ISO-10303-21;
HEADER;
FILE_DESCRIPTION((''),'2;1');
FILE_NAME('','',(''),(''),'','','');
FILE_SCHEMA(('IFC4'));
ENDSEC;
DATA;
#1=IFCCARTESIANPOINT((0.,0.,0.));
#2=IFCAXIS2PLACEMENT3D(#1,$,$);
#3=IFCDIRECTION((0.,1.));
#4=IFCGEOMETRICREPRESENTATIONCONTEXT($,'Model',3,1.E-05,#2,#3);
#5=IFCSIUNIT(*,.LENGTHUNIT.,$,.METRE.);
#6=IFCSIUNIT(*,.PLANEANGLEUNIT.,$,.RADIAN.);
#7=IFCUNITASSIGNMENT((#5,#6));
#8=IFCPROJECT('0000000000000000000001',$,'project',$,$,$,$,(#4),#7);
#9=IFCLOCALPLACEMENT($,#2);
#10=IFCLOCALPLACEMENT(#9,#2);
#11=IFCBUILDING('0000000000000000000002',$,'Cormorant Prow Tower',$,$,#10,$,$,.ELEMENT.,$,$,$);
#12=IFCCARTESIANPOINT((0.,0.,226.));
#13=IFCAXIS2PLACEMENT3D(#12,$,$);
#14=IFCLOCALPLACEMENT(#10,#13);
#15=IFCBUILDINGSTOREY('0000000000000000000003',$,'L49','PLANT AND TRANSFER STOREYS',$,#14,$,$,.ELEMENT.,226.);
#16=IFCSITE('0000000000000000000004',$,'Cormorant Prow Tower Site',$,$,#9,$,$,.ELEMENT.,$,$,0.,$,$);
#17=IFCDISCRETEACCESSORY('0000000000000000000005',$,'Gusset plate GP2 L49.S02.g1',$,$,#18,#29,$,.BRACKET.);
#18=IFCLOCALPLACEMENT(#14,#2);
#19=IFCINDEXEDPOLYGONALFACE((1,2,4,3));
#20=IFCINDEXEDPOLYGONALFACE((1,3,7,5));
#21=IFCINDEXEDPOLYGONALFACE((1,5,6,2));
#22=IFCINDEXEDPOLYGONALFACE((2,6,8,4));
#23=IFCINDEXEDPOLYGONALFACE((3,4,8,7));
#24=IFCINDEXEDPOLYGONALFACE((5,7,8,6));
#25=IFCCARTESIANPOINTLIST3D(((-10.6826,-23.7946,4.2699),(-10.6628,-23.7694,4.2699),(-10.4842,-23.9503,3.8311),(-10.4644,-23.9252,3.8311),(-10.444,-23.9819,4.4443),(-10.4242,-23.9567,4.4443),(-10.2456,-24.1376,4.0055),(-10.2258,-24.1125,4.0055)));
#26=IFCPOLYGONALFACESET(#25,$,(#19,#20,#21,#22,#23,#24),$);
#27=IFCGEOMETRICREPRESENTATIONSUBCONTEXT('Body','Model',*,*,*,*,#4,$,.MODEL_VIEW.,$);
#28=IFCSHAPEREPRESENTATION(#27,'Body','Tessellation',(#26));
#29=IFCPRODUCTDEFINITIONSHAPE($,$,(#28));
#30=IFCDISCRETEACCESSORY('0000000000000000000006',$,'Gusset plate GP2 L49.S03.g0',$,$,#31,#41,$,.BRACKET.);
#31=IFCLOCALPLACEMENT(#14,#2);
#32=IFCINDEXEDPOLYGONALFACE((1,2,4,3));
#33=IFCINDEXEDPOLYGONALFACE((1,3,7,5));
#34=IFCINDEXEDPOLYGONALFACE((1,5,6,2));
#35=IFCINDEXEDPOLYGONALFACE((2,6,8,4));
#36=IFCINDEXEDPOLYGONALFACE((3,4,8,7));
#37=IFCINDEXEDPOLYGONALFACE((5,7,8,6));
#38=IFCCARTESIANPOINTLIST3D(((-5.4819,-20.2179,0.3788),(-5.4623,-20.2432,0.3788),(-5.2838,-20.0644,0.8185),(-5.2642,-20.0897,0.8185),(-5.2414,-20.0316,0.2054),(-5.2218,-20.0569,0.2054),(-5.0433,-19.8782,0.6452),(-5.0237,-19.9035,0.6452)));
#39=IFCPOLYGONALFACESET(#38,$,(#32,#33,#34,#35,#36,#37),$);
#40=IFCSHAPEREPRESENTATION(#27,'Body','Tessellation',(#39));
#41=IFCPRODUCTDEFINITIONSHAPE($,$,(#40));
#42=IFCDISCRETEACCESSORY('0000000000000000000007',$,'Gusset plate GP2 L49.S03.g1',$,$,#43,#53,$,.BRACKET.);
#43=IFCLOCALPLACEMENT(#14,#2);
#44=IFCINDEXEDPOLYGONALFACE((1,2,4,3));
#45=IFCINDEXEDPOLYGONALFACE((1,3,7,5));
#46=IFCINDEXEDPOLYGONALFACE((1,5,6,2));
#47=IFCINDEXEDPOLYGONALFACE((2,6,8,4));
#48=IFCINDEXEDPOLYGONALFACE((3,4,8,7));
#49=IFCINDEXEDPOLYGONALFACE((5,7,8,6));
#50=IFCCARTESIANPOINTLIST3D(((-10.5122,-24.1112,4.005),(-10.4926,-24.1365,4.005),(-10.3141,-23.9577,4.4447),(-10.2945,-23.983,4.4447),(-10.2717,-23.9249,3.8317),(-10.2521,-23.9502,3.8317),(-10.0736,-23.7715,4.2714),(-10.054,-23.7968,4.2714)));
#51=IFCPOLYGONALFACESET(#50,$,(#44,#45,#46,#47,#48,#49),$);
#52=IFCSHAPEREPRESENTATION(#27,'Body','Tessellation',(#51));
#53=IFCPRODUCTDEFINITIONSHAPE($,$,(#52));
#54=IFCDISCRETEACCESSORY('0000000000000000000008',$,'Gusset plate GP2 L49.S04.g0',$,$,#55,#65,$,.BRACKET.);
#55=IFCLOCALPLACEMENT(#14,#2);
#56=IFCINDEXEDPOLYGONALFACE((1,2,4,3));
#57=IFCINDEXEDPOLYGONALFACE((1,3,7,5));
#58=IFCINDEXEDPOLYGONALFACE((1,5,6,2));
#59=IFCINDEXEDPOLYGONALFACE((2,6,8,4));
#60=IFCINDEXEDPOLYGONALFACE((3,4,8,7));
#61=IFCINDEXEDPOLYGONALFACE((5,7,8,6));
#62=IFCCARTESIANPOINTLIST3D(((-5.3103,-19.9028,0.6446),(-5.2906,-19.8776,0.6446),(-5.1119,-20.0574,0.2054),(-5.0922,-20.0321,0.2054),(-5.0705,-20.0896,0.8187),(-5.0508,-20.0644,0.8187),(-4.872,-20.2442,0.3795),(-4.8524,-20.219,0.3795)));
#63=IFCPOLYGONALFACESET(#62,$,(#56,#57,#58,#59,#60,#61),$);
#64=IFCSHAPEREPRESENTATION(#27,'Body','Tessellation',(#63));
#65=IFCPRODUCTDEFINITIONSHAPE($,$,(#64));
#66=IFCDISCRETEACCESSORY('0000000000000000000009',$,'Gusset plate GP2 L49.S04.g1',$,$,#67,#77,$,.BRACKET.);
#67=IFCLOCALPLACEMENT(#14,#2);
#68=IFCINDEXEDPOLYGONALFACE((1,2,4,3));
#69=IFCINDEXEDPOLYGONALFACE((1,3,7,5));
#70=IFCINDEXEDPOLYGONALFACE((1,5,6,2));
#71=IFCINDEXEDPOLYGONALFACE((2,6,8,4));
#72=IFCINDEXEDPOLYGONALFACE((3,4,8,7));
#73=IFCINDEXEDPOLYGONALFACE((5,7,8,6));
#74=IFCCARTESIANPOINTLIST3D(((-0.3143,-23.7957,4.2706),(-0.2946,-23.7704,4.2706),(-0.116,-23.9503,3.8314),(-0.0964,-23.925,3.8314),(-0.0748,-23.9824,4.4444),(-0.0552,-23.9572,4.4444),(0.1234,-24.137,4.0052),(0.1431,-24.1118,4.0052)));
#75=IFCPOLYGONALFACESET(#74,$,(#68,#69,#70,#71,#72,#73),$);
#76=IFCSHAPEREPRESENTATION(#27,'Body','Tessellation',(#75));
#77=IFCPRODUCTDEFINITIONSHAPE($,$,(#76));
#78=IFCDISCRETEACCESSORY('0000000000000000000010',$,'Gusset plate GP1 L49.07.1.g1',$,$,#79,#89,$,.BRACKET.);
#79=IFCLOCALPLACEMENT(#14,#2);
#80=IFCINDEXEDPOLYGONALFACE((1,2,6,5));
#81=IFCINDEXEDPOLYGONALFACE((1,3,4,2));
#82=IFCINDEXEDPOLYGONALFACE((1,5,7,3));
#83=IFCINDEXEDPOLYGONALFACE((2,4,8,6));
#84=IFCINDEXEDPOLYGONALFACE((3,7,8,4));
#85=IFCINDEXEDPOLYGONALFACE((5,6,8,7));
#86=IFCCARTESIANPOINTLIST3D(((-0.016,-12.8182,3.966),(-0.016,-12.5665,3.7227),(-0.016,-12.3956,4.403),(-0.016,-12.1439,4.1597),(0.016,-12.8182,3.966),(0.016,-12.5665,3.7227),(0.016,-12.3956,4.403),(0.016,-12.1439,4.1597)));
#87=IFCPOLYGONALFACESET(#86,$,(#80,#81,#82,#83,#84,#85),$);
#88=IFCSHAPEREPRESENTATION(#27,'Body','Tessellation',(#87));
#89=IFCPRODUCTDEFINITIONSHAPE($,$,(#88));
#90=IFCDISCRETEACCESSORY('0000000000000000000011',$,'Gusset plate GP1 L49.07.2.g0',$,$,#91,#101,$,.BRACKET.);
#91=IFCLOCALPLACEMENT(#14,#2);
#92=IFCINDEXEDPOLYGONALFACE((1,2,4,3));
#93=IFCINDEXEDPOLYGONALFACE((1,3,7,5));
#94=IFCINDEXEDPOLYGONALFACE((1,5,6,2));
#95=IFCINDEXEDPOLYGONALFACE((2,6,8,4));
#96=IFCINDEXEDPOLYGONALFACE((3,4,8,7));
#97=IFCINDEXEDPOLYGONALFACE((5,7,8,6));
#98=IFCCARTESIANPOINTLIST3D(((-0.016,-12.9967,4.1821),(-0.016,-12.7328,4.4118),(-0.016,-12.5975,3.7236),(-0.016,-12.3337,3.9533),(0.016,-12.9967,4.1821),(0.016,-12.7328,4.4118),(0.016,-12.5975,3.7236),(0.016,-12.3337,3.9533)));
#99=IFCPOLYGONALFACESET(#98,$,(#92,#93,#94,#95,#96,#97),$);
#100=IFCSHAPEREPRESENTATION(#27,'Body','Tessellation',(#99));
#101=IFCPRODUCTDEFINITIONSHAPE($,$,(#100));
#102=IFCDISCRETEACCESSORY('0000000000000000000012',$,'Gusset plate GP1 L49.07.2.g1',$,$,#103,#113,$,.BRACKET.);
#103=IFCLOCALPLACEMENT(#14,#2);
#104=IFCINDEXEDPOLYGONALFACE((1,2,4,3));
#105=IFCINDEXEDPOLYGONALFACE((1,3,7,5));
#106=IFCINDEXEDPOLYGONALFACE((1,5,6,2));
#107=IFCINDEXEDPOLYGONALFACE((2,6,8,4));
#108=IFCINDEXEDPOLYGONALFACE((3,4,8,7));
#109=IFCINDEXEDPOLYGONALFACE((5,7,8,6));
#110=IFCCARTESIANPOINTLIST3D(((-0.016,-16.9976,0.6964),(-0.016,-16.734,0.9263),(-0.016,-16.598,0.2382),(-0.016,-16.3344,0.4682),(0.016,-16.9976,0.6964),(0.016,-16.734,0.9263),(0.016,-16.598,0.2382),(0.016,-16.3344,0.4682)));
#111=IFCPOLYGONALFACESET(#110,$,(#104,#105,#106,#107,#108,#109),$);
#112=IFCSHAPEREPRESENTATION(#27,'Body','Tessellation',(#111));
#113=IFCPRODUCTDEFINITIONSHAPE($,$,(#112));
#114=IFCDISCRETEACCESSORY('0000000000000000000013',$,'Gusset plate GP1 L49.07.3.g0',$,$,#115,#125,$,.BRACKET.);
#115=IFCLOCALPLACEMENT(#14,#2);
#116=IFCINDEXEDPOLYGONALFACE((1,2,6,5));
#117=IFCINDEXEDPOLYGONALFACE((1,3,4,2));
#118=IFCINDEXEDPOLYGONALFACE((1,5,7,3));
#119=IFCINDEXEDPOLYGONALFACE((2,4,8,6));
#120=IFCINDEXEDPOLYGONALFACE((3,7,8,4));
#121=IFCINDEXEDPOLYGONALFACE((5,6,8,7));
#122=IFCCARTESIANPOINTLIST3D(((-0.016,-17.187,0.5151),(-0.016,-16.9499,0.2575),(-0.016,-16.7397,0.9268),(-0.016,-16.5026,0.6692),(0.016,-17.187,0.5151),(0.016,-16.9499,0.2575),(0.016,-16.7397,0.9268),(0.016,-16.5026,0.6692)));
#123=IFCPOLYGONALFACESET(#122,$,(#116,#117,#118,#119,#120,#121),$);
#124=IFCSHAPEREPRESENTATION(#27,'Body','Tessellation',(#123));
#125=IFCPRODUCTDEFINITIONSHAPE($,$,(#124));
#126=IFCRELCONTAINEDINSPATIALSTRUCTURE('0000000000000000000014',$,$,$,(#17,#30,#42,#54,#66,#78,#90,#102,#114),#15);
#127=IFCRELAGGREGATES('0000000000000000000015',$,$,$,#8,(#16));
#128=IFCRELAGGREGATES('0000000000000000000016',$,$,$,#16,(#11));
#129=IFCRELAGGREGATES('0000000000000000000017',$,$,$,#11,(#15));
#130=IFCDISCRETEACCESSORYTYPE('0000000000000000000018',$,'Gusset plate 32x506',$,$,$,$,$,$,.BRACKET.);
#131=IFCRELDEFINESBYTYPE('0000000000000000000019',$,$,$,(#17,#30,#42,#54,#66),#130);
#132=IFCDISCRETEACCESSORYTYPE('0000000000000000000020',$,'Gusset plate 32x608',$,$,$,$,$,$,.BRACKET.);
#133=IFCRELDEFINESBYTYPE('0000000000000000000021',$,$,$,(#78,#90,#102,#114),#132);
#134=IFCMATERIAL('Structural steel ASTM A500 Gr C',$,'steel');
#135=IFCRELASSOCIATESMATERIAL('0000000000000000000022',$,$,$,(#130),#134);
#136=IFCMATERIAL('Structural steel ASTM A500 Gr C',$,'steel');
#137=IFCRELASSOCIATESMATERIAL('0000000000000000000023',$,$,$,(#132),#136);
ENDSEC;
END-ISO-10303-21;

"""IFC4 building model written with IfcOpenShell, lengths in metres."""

from ifc_helpers import new_model, si_unit, direction, frame, origin, origin_2d, place, context, subcontext, project, spatial, rectangle, extrude, material, material_profile, profile_set, type_object, element, save


model = new_model("IFC4")

# Units and contexts
model_context = context("Model", 3, precision=1e-05, world=origin(), true_north=direction((0.0, 1.0)))
body_context = subcontext(model_context, "Body", "Model", "MODEL_VIEW")
ifc_project = project(units=[si_unit("LENGTHUNIT", "METRE"), si_unit("PLANEANGLEUNIT", "RADIAN")], contexts=[model_context])

# Site, building, storey
site_placement = place(None, origin())
site = spatial("IfcSite", under=ifc_project, at=site_placement, Name="Cormorant Prow Tower Site", CompositionType="ELEMENT", RefElevation=0.0)
building_placement = place(site_placement, origin())
building = spatial("IfcBuilding", under=site, at=building_placement, Name="Cormorant Prow Tower", CompositionType="ELEMENT")
storey_placement = place(building_placement, frame((0.0, 0.0, 226.0)))
storey = spatial("IfcBuildingStorey", under=building, at=storey_placement, Name="L49", Description="PLANT AND TRANSFER STOREYS", CompositionType="ELEMENT", Elevation=226.0)

# Discrete accessories
ifc_material_1 = material(Name="Structural steel ASTM A500 Gr C", Category="steel")
ifc_material_profile_1 = material_profile(ifc_material_1, rectangle(XDim=0.032, YDim=0.5061, at=origin_2d()), Name="Gusset plate 32x506")
ifc_profile_set_1 = profile_set([ifc_material_profile_1], Name="Structural steel ASTM A500 Gr C")
discrete_accessory_type_1 = type_object("IfcDiscreteAccessoryType", Name="Gusset plate 32x506", PredefinedType="BRACKET", material=ifc_profile_set_1)
discrete_accessory_1_placement = place(storey_placement, frame((-10.5735, -23.8599, 4.0505), z_axis=(0.681932, -0.535355, 0.498362), x_axis=(0.617501, 0.78657, 0.0)))
element("IfcDiscreteAccessory", 1, at=discrete_accessory_1_placement, inside=storey, type_object=discrete_accessory_type_1, Name="Gusset plate GP2 L49.S02.g1", PredefinedType="BRACKET", context=body_context, shape_type="SweptSolid", body=[
    extrude(rectangle(XDim=0.032, YDim=0.5061, at=origin_2d()), origin(), (0.0, 0.0, 1.0), 0.3499),
])
for number, where, z_axis, x_axis, name in (
    (2, (-5.373, -20.1538, 0.5986), (0.686867, 0.53206, -0.495102), (-0.612384, 0.790561, 0.0), "Gusset plate GP2 L49.S03.g0"),
    (3, (-10.1628, -23.8608, 4.0515), (-0.686867, -0.53206, 0.495102), (0.612384, -0.790561, 0.0), "Gusset plate GP2 L49.S03.g1"),
):
    element("IfcDiscreteAccessory", number, at=place(storey_placement, frame(where, z_axis=z_axis, x_axis=x_axis)), inside=storey, type_object=discrete_accessory_type_1, Name=name, PredefinedType="BRACKET", context=body_context, shape_type="SweptSolid", body=[
        extrude(rectangle(XDim=0.032, YDim=0.5061, at=origin_2d()), origin(), (0.0, 0.0, 1.0), 0.3501),
    ])
discrete_accessory_2_placement = place(storey_placement, frame((-4.9614, -20.1543, 0.5991), z_axis=(-0.684538, 0.53327, -0.497022), x_axis=(-0.614552, -0.788876, 0.0)))
element("IfcDiscreteAccessory", 4, at=discrete_accessory_2_placement, inside=storey, type_object=discrete_accessory_type_1, Name="Gusset plate GP2 L49.S04.g0", PredefinedType="BRACKET", context=body_context, shape_type="SweptSolid", body=[
    extrude(rectangle(XDim=0.032, YDim=0.5061, at=origin_2d()), origin(), (0.0, 0.0, 1.0), 0.3503),
])
discrete_accessory_3_placement = place(storey_placement, frame((-0.2053, -23.8604, 4.051), z_axis=(0.684404, -0.53371, 0.496734), x_axis=(0.614942, 0.788572, 0.0)))
element("IfcDiscreteAccessory", 5, at=discrete_accessory_3_placement, inside=storey, type_object=discrete_accessory_type_1, Name="Gusset plate GP2 L49.S04.g1", PredefinedType="BRACKET", context=body_context, shape_type="SweptSolid", body=[
    extrude(rectangle(XDim=0.032, YDim=0.5061, at=origin_2d()), origin(), (0.0, 0.0, 1.0), 0.3499),
])
ifc_material_2 = material(Name="Structural steel ASTM A500 Gr C", Category="steel")
ifc_material_profile_2 = material_profile(ifc_material_2, rectangle(XDim=0.032, YDim=0.6079, at=origin_2d()), Name="Gusset plate 32x608")
ifc_profile_set_2 = profile_set([ifc_material_profile_2], Name="Structural steel ASTM A500 Gr C")
discrete_accessory_type_2 = type_object("IfcDiscreteAccessoryType", Name="Gusset plate 32x608", PredefinedType="BRACKET", material=ifc_profile_set_2)
discrete_accessory_4_placement = place(storey_placement, frame((0.0, -12.3552, 3.9412), z_axis=(0.0, -0.718861, 0.695154), x_axis=(1.0, 0.0, 0.0)))
element("IfcDiscreteAccessory", 6, at=discrete_accessory_4_placement, inside=storey, type_object=discrete_accessory_type_2, Name="Gusset plate GP1 L49.07.1.g1", PredefinedType="BRACKET", context=body_context, shape_type="SweptSolid", body=[
    extrude(rectangle(XDim=0.032, YDim=0.6079, at=origin_2d()), origin(), (0.0, 0.0, 1.0), 0.3501),
])
for number, where, z_axis, x_axis, name in (
    (7, (0.0, -12.7971, 3.9529), (0.0, 0.75426, 0.656576), (-1.0, 0.0, 0.0), "Gusset plate GP1 L49.07.2.g0"),
    (8, (0.0, -16.5342, 0.6973), (0.0, -0.753613, -0.657318), (1.0, 0.0, 0.0), "Gusset plate GP1 L49.07.2.g1"),
):
    element("IfcDiscreteAccessory", number, at=place(storey_placement, frame(where, z_axis=z_axis, x_axis=x_axis)), inside=storey, type_object=discrete_accessory_type_2, Name=name, PredefinedType="BRACKET", context=body_context, shape_type="SweptSolid", body=[
        extrude(rectangle(XDim=0.032, YDim=0.6079, at=origin_2d()), origin(), (0.0, 0.0, 1.0), 0.3499),
    ])
discrete_accessory_5_placement = place(storey_placement, frame((0.0, -16.9634, 0.7209), z_axis=(0.0, 0.677208, -0.735792), x_axis=(-1.0, 0.0, 0.0)))
element("IfcDiscreteAccessory", 9, at=discrete_accessory_5_placement, inside=storey, type_object=discrete_accessory_type_2, Name="Gusset plate GP1 L49.07.3.g0", PredefinedType="BRACKET", context=body_context, shape_type="SweptSolid", body=[
    extrude(rectangle(XDim=0.032, YDim=0.6079, at=origin_2d()), origin(), (0.0, 0.0, 1.0), 0.3501),
])

save(model, "model.ifc")
